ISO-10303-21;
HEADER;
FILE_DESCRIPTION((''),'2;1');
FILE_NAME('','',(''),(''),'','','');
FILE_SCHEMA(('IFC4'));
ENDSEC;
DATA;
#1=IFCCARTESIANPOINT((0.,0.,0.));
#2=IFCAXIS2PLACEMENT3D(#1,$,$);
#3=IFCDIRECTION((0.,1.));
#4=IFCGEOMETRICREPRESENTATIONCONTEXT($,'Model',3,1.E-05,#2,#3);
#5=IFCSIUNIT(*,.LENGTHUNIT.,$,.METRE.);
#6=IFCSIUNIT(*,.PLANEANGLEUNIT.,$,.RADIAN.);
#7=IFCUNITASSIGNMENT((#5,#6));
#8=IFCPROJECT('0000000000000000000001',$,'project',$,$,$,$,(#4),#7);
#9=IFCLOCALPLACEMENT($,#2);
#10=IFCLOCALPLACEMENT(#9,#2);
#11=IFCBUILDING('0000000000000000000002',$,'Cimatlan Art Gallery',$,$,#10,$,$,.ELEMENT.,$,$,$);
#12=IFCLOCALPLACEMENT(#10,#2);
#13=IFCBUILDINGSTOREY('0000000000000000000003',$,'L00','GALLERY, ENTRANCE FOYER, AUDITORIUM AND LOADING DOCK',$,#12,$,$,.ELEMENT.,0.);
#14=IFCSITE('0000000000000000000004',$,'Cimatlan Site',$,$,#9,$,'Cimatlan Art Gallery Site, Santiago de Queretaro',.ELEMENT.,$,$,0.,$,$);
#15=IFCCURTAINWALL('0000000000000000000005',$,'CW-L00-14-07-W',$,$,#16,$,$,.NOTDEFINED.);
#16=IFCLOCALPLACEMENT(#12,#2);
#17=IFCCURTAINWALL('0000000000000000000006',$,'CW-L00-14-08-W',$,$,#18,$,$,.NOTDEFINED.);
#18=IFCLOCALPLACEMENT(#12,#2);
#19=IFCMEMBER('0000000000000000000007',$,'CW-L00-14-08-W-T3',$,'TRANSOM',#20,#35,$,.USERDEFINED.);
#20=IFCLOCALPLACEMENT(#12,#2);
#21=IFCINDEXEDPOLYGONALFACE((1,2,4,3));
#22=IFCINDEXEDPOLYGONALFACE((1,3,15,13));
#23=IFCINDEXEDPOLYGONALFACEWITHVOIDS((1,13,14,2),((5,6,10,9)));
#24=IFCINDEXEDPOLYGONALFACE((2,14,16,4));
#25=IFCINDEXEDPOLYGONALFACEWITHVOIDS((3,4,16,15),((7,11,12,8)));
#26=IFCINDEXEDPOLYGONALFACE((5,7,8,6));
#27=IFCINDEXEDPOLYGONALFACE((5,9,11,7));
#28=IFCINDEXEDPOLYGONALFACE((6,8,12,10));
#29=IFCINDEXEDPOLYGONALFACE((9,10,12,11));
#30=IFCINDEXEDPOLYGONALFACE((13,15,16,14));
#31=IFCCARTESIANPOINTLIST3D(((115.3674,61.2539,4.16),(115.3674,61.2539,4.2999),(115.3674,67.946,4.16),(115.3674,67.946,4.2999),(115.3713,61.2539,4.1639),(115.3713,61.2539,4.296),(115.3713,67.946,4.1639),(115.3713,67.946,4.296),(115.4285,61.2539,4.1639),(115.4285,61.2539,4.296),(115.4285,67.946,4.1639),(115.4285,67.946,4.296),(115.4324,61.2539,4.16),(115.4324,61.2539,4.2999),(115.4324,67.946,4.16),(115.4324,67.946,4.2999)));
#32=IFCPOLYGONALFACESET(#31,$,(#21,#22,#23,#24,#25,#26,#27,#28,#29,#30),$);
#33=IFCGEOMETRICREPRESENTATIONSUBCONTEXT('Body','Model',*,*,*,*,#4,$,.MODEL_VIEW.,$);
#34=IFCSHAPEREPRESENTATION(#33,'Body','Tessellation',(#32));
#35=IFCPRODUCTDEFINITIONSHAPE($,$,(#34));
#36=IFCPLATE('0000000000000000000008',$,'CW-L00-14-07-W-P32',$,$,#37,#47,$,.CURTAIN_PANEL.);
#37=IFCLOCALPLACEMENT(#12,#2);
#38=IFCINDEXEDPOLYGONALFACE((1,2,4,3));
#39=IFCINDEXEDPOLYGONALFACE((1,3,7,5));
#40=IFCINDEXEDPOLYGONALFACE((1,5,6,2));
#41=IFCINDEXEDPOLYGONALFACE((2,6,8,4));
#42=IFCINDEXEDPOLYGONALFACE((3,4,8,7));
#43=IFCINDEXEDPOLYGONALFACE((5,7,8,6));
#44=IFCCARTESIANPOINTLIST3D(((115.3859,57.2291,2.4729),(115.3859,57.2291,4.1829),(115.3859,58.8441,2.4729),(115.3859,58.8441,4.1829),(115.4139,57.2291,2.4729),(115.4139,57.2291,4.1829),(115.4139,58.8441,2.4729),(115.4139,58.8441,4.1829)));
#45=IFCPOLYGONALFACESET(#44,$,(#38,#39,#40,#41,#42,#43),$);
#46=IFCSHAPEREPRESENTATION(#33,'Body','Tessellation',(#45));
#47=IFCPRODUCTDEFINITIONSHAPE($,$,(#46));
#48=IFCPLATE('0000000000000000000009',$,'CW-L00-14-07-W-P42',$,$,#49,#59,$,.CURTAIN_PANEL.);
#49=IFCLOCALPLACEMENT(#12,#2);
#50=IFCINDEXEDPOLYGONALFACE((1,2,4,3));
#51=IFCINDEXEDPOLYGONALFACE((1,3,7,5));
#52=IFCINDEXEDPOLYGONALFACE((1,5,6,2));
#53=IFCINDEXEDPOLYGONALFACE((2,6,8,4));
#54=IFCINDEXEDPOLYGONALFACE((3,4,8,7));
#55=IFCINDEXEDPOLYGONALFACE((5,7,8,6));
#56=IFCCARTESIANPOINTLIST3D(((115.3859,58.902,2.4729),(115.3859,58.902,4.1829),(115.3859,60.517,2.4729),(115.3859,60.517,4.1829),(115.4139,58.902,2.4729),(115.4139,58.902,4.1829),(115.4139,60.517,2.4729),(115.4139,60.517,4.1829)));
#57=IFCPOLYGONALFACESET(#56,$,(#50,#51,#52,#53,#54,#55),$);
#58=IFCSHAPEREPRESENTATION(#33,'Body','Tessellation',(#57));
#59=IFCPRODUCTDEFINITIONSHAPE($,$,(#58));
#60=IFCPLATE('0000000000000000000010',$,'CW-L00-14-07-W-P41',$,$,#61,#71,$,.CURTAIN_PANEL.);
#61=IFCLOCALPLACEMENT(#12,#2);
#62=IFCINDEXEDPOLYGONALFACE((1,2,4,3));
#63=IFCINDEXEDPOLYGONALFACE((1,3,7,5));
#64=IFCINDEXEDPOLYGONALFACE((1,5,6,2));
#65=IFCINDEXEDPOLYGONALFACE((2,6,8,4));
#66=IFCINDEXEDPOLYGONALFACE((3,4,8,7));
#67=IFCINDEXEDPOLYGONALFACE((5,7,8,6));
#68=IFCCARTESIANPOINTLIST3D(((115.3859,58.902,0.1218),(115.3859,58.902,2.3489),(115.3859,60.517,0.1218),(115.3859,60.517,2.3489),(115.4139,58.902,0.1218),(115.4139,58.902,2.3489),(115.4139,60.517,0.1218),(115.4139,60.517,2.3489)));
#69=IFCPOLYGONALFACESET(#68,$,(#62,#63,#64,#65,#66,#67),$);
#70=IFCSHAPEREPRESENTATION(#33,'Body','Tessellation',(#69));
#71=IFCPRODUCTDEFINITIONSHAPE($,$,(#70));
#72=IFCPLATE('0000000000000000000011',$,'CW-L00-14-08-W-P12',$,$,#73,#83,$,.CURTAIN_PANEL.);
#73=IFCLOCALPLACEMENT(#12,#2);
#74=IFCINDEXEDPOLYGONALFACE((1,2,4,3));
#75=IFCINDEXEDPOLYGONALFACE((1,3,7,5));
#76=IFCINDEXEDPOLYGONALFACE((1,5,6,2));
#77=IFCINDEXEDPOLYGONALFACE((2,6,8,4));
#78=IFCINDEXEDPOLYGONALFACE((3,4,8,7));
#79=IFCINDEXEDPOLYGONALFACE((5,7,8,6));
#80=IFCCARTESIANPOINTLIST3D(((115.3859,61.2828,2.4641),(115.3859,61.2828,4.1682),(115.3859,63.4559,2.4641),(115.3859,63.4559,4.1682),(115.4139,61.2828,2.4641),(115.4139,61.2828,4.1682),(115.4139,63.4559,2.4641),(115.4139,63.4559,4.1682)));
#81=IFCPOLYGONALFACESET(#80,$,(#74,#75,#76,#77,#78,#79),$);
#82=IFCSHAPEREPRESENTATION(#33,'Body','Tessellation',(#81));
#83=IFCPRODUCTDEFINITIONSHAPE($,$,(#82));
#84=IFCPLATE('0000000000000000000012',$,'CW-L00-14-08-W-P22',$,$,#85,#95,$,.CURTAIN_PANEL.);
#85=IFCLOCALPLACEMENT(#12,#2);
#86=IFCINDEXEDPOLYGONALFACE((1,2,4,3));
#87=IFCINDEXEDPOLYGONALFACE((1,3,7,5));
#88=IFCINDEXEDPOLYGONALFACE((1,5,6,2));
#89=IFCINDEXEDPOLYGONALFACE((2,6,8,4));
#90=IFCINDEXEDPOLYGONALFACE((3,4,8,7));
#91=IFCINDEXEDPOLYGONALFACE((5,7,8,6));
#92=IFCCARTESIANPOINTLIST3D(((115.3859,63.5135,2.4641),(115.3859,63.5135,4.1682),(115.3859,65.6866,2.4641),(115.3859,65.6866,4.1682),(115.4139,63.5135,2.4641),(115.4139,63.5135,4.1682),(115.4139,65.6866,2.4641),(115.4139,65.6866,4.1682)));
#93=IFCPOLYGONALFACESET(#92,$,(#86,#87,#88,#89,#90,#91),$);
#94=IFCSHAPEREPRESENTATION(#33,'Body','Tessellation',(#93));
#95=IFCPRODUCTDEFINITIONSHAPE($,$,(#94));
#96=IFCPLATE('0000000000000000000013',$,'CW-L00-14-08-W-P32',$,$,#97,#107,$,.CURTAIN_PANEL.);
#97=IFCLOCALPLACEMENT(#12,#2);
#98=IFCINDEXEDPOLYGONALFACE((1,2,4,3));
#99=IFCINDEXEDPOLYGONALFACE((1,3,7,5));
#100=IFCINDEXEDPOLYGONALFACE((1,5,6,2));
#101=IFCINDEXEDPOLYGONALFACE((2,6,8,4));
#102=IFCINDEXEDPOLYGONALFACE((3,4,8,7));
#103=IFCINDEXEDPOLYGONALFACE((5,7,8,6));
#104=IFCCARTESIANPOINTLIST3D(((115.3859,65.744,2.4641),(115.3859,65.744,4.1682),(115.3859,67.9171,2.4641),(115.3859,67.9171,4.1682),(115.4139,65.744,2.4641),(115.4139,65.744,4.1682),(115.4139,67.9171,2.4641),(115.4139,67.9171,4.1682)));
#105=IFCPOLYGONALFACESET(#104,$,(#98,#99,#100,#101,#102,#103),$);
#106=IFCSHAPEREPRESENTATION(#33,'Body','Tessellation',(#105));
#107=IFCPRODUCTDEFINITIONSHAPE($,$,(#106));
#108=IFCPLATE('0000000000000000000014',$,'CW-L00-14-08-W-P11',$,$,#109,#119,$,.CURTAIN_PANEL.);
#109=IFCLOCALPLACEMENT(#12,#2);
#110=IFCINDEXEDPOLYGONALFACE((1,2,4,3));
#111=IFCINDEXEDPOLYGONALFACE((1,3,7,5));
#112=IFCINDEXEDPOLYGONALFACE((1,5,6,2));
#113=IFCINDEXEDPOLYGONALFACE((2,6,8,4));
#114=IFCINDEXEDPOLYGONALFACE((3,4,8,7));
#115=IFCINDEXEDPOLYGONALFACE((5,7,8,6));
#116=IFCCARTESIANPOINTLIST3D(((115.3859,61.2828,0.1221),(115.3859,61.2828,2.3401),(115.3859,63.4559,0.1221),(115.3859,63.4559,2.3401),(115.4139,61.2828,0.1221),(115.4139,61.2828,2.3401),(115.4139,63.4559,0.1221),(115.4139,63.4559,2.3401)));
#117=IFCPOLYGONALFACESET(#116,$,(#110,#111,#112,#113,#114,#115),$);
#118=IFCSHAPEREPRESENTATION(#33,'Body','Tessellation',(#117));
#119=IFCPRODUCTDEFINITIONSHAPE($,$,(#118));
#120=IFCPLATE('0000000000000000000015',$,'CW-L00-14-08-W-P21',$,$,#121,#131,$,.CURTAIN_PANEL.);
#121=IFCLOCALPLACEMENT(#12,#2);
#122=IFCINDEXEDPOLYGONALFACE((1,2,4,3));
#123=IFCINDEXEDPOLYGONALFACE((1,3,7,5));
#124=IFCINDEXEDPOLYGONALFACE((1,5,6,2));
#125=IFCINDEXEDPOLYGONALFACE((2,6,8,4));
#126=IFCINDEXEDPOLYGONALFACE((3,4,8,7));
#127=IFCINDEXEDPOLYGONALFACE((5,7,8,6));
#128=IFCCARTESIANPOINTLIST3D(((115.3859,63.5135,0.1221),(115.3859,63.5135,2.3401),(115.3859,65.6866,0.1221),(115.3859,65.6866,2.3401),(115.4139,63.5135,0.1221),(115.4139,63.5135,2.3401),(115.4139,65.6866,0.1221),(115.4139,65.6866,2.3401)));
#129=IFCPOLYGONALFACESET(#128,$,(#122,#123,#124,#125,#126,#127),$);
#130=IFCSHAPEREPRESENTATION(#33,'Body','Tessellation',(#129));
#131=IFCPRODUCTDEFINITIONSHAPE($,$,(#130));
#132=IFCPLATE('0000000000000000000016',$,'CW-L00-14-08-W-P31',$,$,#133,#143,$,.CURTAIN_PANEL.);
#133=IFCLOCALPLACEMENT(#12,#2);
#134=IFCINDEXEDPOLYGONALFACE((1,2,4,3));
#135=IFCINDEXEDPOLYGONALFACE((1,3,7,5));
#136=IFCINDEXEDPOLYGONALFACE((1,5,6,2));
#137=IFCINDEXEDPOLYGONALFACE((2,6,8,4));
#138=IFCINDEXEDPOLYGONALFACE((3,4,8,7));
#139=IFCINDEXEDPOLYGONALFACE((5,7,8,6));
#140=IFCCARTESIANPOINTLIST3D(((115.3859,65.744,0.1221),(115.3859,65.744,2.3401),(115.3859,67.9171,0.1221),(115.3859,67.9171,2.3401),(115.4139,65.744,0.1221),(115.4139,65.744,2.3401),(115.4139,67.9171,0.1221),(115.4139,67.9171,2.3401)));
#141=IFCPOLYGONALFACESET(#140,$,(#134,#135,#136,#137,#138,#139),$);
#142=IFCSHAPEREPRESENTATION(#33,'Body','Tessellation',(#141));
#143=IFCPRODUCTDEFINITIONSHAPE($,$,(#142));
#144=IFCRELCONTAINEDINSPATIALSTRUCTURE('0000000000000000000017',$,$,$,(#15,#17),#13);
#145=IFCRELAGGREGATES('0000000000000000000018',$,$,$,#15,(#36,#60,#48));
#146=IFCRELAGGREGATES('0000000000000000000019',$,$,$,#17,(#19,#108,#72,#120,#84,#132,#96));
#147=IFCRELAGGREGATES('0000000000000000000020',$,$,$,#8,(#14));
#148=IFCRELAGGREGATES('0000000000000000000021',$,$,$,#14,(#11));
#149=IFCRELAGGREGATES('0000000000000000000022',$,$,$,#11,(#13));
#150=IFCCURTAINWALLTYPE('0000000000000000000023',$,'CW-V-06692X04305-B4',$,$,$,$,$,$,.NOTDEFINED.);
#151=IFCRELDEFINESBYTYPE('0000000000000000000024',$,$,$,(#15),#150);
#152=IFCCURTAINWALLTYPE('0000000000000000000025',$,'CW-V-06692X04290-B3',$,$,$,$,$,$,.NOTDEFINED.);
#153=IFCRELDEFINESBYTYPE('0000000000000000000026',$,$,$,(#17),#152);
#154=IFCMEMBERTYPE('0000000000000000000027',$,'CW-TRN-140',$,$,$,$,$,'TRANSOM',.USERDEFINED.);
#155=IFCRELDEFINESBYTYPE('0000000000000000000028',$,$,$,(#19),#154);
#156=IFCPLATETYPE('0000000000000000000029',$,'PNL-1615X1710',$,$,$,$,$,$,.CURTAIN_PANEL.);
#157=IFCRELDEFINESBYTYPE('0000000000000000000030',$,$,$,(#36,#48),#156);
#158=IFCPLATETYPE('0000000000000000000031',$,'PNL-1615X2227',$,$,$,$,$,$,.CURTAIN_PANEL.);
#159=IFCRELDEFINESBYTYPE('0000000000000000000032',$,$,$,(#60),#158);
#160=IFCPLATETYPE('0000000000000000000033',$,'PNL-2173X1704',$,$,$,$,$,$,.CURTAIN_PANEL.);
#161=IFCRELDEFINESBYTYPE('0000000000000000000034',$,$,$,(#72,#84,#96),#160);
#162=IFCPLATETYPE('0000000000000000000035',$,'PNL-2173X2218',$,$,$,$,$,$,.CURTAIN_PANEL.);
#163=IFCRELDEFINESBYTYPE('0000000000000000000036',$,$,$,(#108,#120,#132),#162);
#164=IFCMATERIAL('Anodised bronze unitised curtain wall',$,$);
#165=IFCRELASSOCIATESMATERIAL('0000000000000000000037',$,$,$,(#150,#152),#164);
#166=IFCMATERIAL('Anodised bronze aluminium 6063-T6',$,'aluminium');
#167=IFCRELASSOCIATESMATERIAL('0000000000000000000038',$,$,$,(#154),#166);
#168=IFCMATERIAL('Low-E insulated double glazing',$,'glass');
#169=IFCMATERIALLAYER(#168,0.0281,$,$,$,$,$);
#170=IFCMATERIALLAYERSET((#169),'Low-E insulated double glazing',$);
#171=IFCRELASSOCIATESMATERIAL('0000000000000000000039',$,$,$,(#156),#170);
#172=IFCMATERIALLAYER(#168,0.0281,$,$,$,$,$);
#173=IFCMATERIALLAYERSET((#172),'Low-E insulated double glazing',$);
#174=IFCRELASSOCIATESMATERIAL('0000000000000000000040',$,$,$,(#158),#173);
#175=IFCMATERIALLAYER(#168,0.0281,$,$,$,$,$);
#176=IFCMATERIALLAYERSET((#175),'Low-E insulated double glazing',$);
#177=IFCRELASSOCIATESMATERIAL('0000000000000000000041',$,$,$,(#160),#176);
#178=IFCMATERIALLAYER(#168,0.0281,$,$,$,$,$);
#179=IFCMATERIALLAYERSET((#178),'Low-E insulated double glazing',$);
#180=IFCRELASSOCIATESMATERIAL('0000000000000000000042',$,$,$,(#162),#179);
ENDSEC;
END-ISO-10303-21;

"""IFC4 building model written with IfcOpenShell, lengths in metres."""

from ifc_helpers import new_model, si_unit, direction, frame, origin, origin_2d, place, context, subcontext, project, spatial, rectangle, hollow_rectangle, extrude, material, layer, layer_set, material_profile, profile_set, type_object, element, aggregate, save


model = new_model("IFC4")

# Units and contexts
model_context = context("Model", 3, precision=1e-05, world=origin(), true_north=direction((0.0, 1.0)))
body_context = subcontext(model_context, "Body", "Model", "MODEL_VIEW")
ifc_project = project(units=[si_unit("LENGTHUNIT", "METRE"), si_unit("PLANEANGLEUNIT", "RADIAN")], contexts=[model_context])

# Site, building, storey
site_placement = place(None, origin())
site = spatial("IfcSite", under=ifc_project, at=site_placement, Name="Cimatlan Site", LongName="Cimatlan Art Gallery Site, Santiago de Queretaro", CompositionType="ELEMENT", RefElevation=0.0)
building_placement = place(site_placement, origin())
building = spatial("IfcBuilding", under=site, at=building_placement, Name="Cimatlan Art Gallery", CompositionType="ELEMENT")
storey_placement = place(building_placement, origin())
storey = spatial("IfcBuildingStorey", under=building, at=storey_placement, Name="L00", Description="GALLERY, ENTRANCE FOYER, AUDITORIUM AND LOADING DOCK", CompositionType="ELEMENT", Elevation=0.0)

# Curtain walls, member
ifc_material_1 = material(Name="Anodised bronze unitised curtain wall")
curtain_wall_type_1 = type_object("IfcCurtainWallType", Name="CW-V-06692X04305-B4", PredefinedType="NOTDEFINED", material=ifc_material_1)
curtain_wall_1_placement = place(storey_placement, origin())
curtain_wall_1 = element("IfcCurtainWall", 1, at=curtain_wall_1_placement, inside=storey, type_object=curtain_wall_type_1, Name="CW-L00-14-07-W", PredefinedType="NOTDEFINED")
ifc_material_2 = material(Name="Anodised bronze aluminium 6063-T6", Category="aluminium")
curtain_wall_type_2 = type_object("IfcCurtainWallType", Name="CW-V-06692X04290-B3", PredefinedType="NOTDEFINED", material=ifc_material_1)
curtain_wall_2_placement = place(storey_placement, origin())
curtain_wall_2 = element("IfcCurtainWall", 2, at=curtain_wall_2_placement, inside=storey, type_object=curtain_wall_type_2, Name="CW-L00-14-08-W", PredefinedType="NOTDEFINED")
ifc_material_profile_1 = material_profile(ifc_material_2, hollow_rectangle(XDim=0.0649, YDim=0.1399, WallThickness=0.0039, at=origin_2d()), Name="ALU65X140X4")
ifc_profile_set_1 = profile_set([ifc_material_profile_1], Name="Anodised bronze aluminium 6063-T6")
member_type_1 = type_object("IfcMemberType", Name="CW-TRN-140", ElementType="TRANSOM", PredefinedType="USERDEFINED", material=ifc_profile_set_1)
member_1_placement = place(storey_placement, frame((115.3999, 61.2539, 4.23), z_axis=(0.0, 1.0, 0.0), x_axis=(-1.0, 0.0, 0.0)))
member_1 = element("IfcMember", 3, at=member_1_placement, type_object=member_type_1, Name="CW-L00-14-08-W-T3", ObjectType="TRANSOM", PredefinedType="USERDEFINED", context=body_context, shape_type="SweptSolid", body=[
    extrude(hollow_rectangle(XDim=0.0649, YDim=0.1399, WallThickness=0.0039, at=origin_2d()), origin(), (0.0, 0.0, 1.0), 6.6921),
])

# Plates
ifc_material_3 = material(Name="Low-E insulated double glazing", Category="glass")
ifc_layer_1 = layer(ifc_material_3, 0.0281)
ifc_layer_set_1 = layer_set([ifc_layer_1], Name="Low-E insulated double glazing")
plate_type_1 = type_object("IfcPlateType", Name="PNL-1615X1710", PredefinedType="CURTAIN_PANEL", material=ifc_layer_set_1)
plate_1_placement = place(storey_placement, frame((115.3999, 58.0366, 2.4729), z_axis=(0.0, 0.0, 1.0), x_axis=(0.0, 1.0, 0.0)))
plate_1 = element("IfcPlate", 4, at=plate_1_placement, type_object=plate_type_1, Name="CW-L00-14-07-W-P32", PredefinedType="CURTAIN_PANEL", context=body_context, shape_type="SweptSolid", body=[
    extrude(rectangle(XDim=1.615, YDim=0.0281, at=origin_2d()), origin(), (0.0, 0.0, 1.0), 1.71),
])
plate_2_placement = place(storey_placement, frame((115.3999, 59.7095, 2.4729), z_axis=(0.0, 0.0, 1.0), x_axis=(0.0, 1.0, 0.0)))
plate_2 = element("IfcPlate", 5, at=plate_2_placement, type_object=plate_type_1, Name="CW-L00-14-07-W-P42", PredefinedType="CURTAIN_PANEL", context=body_context, shape_type="SweptSolid", body=[
    extrude(rectangle(XDim=1.615, YDim=0.0281, at=origin_2d()), origin(), (0.0, 0.0, 1.0), 1.71),
])
ifc_layer_2 = layer(ifc_material_3, 0.0281)
ifc_layer_set_2 = layer_set([ifc_layer_2], Name="Low-E insulated double glazing")
plate_type_2 = type_object("IfcPlateType", Name="PNL-1615X2227", PredefinedType="CURTAIN_PANEL", material=ifc_layer_set_2)
plate_3_placement = place(storey_placement, frame((115.3999, 59.7095, 0.1218), z_axis=(0.0, 0.0, 1.0), x_axis=(0.0, 1.0, 0.0)))
plate_3 = element("IfcPlate", 6, at=plate_3_placement, type_object=plate_type_2, Name="CW-L00-14-07-W-P41", PredefinedType="CURTAIN_PANEL", context=body_context, shape_type="SweptSolid", body=[
    extrude(rectangle(XDim=1.615, YDim=0.0281, at=origin_2d()), origin(), (0.0, 0.0, 1.0), 2.2271),
])
aggregate(curtain_wall_1, [plate_1, plate_3, plate_2])
ifc_layer_3 = layer(ifc_material_3, 0.0281)
ifc_layer_set_3 = layer_set([ifc_layer_3], Name="Low-E insulated double glazing")
plate_type_3 = type_object("IfcPlateType", Name="PNL-2173X1704", PredefinedType="CURTAIN_PANEL", material=ifc_layer_set_3)
plate_4_placement = place(storey_placement, frame((115.3999, 62.3694, 2.4641), z_axis=(0.0, 0.0, 1.0), x_axis=(0.0, 1.0, 0.0)))
plate_4 = element("IfcPlate", 7, at=plate_4_placement, type_object=plate_type_3, Name="CW-L00-14-08-W-P12", PredefinedType="CURTAIN_PANEL", context=body_context, shape_type="SweptSolid", body=[
    extrude(rectangle(XDim=2.1731, YDim=0.0281, at=origin_2d()), origin(), (0.0, 0.0, 1.0), 1.7041),
])
plate_5_placement = place(storey_placement, frame((115.3999, 64.6001, 2.4641), z_axis=(0.0, 0.0, 1.0), x_axis=(0.0, 1.0, 0.0)))
plate_5 = element("IfcPlate", 8, at=plate_5_placement, type_object=plate_type_3, Name="CW-L00-14-08-W-P22", PredefinedType="CURTAIN_PANEL", context=body_context, shape_type="SweptSolid", body=[
    extrude(rectangle(XDim=2.1731, YDim=0.0281, at=origin_2d()), origin(), (0.0, 0.0, 1.0), 1.7041),
])
plate_6_placement = place(storey_placement, frame((115.3999, 66.8306, 2.4641), z_axis=(0.0, 0.0, 1.0), x_axis=(0.0, 1.0, 0.0)))
plate_6 = element("IfcPlate", 9, at=plate_6_placement, type_object=plate_type_3, Name="CW-L00-14-08-W-P32", PredefinedType="CURTAIN_PANEL", context=body_context, shape_type="SweptSolid", body=[
    extrude(rectangle(XDim=2.1731, YDim=0.0281, at=origin_2d()), origin(), (0.0, 0.0, 1.0), 1.7041),
])
ifc_layer_4 = layer(ifc_material_3, 0.0281)
ifc_layer_set_4 = layer_set([ifc_layer_4], Name="Low-E insulated double glazing")
plate_type_4 = type_object("IfcPlateType", Name="PNL-2173X2218", PredefinedType="CURTAIN_PANEL", material=ifc_layer_set_4)
plate_7_placement = place(storey_placement, frame((115.3999, 62.3694, 0.1221), z_axis=(0.0, 0.0, 1.0), x_axis=(0.0, 1.0, 0.0)))
plate_7 = element("IfcPlate", 10, at=plate_7_placement, type_object=plate_type_4, Name="CW-L00-14-08-W-P11", PredefinedType="CURTAIN_PANEL", context=body_context, shape_type="SweptSolid", body=[
    extrude(rectangle(XDim=2.1731, YDim=0.0281, at=origin_2d()), origin(), (0.0, 0.0, 1.0), 2.218),
])
plate_8_placement = place(storey_placement, frame((115.3999, 64.6001, 0.1221), z_axis=(0.0, 0.0, 1.0), x_axis=(0.0, 1.0, 0.0)))
plate_8 = element("IfcPlate", 11, at=plate_8_placement, type_object=plate_type_4, Name="CW-L00-14-08-W-P21", PredefinedType="CURTAIN_PANEL", context=body_context, shape_type="SweptSolid", body=[
    extrude(rectangle(XDim=2.1731, YDim=0.0281, at=origin_2d()), origin(), (0.0, 0.0, 1.0), 2.218),
])
plate_9_placement = place(storey_placement, frame((115.3999, 66.8306, 0.1221), z_axis=(0.0, 0.0, 1.0), x_axis=(0.0, 1.0, 0.0)))
plate_9 = element("IfcPlate", 12, at=plate_9_placement, type_object=plate_type_4, Name="CW-L00-14-08-W-P31", PredefinedType="CURTAIN_PANEL", context=body_context, shape_type="SweptSolid", body=[
    extrude(rectangle(XDim=2.1731, YDim=0.0281, at=origin_2d()), origin(), (0.0, 0.0, 1.0), 2.218),
])
aggregate(curtain_wall_2, [member_1, plate_7, plate_4, plate_8, plate_5, plate_9, plate_6])

save(model, "model.ifc")
